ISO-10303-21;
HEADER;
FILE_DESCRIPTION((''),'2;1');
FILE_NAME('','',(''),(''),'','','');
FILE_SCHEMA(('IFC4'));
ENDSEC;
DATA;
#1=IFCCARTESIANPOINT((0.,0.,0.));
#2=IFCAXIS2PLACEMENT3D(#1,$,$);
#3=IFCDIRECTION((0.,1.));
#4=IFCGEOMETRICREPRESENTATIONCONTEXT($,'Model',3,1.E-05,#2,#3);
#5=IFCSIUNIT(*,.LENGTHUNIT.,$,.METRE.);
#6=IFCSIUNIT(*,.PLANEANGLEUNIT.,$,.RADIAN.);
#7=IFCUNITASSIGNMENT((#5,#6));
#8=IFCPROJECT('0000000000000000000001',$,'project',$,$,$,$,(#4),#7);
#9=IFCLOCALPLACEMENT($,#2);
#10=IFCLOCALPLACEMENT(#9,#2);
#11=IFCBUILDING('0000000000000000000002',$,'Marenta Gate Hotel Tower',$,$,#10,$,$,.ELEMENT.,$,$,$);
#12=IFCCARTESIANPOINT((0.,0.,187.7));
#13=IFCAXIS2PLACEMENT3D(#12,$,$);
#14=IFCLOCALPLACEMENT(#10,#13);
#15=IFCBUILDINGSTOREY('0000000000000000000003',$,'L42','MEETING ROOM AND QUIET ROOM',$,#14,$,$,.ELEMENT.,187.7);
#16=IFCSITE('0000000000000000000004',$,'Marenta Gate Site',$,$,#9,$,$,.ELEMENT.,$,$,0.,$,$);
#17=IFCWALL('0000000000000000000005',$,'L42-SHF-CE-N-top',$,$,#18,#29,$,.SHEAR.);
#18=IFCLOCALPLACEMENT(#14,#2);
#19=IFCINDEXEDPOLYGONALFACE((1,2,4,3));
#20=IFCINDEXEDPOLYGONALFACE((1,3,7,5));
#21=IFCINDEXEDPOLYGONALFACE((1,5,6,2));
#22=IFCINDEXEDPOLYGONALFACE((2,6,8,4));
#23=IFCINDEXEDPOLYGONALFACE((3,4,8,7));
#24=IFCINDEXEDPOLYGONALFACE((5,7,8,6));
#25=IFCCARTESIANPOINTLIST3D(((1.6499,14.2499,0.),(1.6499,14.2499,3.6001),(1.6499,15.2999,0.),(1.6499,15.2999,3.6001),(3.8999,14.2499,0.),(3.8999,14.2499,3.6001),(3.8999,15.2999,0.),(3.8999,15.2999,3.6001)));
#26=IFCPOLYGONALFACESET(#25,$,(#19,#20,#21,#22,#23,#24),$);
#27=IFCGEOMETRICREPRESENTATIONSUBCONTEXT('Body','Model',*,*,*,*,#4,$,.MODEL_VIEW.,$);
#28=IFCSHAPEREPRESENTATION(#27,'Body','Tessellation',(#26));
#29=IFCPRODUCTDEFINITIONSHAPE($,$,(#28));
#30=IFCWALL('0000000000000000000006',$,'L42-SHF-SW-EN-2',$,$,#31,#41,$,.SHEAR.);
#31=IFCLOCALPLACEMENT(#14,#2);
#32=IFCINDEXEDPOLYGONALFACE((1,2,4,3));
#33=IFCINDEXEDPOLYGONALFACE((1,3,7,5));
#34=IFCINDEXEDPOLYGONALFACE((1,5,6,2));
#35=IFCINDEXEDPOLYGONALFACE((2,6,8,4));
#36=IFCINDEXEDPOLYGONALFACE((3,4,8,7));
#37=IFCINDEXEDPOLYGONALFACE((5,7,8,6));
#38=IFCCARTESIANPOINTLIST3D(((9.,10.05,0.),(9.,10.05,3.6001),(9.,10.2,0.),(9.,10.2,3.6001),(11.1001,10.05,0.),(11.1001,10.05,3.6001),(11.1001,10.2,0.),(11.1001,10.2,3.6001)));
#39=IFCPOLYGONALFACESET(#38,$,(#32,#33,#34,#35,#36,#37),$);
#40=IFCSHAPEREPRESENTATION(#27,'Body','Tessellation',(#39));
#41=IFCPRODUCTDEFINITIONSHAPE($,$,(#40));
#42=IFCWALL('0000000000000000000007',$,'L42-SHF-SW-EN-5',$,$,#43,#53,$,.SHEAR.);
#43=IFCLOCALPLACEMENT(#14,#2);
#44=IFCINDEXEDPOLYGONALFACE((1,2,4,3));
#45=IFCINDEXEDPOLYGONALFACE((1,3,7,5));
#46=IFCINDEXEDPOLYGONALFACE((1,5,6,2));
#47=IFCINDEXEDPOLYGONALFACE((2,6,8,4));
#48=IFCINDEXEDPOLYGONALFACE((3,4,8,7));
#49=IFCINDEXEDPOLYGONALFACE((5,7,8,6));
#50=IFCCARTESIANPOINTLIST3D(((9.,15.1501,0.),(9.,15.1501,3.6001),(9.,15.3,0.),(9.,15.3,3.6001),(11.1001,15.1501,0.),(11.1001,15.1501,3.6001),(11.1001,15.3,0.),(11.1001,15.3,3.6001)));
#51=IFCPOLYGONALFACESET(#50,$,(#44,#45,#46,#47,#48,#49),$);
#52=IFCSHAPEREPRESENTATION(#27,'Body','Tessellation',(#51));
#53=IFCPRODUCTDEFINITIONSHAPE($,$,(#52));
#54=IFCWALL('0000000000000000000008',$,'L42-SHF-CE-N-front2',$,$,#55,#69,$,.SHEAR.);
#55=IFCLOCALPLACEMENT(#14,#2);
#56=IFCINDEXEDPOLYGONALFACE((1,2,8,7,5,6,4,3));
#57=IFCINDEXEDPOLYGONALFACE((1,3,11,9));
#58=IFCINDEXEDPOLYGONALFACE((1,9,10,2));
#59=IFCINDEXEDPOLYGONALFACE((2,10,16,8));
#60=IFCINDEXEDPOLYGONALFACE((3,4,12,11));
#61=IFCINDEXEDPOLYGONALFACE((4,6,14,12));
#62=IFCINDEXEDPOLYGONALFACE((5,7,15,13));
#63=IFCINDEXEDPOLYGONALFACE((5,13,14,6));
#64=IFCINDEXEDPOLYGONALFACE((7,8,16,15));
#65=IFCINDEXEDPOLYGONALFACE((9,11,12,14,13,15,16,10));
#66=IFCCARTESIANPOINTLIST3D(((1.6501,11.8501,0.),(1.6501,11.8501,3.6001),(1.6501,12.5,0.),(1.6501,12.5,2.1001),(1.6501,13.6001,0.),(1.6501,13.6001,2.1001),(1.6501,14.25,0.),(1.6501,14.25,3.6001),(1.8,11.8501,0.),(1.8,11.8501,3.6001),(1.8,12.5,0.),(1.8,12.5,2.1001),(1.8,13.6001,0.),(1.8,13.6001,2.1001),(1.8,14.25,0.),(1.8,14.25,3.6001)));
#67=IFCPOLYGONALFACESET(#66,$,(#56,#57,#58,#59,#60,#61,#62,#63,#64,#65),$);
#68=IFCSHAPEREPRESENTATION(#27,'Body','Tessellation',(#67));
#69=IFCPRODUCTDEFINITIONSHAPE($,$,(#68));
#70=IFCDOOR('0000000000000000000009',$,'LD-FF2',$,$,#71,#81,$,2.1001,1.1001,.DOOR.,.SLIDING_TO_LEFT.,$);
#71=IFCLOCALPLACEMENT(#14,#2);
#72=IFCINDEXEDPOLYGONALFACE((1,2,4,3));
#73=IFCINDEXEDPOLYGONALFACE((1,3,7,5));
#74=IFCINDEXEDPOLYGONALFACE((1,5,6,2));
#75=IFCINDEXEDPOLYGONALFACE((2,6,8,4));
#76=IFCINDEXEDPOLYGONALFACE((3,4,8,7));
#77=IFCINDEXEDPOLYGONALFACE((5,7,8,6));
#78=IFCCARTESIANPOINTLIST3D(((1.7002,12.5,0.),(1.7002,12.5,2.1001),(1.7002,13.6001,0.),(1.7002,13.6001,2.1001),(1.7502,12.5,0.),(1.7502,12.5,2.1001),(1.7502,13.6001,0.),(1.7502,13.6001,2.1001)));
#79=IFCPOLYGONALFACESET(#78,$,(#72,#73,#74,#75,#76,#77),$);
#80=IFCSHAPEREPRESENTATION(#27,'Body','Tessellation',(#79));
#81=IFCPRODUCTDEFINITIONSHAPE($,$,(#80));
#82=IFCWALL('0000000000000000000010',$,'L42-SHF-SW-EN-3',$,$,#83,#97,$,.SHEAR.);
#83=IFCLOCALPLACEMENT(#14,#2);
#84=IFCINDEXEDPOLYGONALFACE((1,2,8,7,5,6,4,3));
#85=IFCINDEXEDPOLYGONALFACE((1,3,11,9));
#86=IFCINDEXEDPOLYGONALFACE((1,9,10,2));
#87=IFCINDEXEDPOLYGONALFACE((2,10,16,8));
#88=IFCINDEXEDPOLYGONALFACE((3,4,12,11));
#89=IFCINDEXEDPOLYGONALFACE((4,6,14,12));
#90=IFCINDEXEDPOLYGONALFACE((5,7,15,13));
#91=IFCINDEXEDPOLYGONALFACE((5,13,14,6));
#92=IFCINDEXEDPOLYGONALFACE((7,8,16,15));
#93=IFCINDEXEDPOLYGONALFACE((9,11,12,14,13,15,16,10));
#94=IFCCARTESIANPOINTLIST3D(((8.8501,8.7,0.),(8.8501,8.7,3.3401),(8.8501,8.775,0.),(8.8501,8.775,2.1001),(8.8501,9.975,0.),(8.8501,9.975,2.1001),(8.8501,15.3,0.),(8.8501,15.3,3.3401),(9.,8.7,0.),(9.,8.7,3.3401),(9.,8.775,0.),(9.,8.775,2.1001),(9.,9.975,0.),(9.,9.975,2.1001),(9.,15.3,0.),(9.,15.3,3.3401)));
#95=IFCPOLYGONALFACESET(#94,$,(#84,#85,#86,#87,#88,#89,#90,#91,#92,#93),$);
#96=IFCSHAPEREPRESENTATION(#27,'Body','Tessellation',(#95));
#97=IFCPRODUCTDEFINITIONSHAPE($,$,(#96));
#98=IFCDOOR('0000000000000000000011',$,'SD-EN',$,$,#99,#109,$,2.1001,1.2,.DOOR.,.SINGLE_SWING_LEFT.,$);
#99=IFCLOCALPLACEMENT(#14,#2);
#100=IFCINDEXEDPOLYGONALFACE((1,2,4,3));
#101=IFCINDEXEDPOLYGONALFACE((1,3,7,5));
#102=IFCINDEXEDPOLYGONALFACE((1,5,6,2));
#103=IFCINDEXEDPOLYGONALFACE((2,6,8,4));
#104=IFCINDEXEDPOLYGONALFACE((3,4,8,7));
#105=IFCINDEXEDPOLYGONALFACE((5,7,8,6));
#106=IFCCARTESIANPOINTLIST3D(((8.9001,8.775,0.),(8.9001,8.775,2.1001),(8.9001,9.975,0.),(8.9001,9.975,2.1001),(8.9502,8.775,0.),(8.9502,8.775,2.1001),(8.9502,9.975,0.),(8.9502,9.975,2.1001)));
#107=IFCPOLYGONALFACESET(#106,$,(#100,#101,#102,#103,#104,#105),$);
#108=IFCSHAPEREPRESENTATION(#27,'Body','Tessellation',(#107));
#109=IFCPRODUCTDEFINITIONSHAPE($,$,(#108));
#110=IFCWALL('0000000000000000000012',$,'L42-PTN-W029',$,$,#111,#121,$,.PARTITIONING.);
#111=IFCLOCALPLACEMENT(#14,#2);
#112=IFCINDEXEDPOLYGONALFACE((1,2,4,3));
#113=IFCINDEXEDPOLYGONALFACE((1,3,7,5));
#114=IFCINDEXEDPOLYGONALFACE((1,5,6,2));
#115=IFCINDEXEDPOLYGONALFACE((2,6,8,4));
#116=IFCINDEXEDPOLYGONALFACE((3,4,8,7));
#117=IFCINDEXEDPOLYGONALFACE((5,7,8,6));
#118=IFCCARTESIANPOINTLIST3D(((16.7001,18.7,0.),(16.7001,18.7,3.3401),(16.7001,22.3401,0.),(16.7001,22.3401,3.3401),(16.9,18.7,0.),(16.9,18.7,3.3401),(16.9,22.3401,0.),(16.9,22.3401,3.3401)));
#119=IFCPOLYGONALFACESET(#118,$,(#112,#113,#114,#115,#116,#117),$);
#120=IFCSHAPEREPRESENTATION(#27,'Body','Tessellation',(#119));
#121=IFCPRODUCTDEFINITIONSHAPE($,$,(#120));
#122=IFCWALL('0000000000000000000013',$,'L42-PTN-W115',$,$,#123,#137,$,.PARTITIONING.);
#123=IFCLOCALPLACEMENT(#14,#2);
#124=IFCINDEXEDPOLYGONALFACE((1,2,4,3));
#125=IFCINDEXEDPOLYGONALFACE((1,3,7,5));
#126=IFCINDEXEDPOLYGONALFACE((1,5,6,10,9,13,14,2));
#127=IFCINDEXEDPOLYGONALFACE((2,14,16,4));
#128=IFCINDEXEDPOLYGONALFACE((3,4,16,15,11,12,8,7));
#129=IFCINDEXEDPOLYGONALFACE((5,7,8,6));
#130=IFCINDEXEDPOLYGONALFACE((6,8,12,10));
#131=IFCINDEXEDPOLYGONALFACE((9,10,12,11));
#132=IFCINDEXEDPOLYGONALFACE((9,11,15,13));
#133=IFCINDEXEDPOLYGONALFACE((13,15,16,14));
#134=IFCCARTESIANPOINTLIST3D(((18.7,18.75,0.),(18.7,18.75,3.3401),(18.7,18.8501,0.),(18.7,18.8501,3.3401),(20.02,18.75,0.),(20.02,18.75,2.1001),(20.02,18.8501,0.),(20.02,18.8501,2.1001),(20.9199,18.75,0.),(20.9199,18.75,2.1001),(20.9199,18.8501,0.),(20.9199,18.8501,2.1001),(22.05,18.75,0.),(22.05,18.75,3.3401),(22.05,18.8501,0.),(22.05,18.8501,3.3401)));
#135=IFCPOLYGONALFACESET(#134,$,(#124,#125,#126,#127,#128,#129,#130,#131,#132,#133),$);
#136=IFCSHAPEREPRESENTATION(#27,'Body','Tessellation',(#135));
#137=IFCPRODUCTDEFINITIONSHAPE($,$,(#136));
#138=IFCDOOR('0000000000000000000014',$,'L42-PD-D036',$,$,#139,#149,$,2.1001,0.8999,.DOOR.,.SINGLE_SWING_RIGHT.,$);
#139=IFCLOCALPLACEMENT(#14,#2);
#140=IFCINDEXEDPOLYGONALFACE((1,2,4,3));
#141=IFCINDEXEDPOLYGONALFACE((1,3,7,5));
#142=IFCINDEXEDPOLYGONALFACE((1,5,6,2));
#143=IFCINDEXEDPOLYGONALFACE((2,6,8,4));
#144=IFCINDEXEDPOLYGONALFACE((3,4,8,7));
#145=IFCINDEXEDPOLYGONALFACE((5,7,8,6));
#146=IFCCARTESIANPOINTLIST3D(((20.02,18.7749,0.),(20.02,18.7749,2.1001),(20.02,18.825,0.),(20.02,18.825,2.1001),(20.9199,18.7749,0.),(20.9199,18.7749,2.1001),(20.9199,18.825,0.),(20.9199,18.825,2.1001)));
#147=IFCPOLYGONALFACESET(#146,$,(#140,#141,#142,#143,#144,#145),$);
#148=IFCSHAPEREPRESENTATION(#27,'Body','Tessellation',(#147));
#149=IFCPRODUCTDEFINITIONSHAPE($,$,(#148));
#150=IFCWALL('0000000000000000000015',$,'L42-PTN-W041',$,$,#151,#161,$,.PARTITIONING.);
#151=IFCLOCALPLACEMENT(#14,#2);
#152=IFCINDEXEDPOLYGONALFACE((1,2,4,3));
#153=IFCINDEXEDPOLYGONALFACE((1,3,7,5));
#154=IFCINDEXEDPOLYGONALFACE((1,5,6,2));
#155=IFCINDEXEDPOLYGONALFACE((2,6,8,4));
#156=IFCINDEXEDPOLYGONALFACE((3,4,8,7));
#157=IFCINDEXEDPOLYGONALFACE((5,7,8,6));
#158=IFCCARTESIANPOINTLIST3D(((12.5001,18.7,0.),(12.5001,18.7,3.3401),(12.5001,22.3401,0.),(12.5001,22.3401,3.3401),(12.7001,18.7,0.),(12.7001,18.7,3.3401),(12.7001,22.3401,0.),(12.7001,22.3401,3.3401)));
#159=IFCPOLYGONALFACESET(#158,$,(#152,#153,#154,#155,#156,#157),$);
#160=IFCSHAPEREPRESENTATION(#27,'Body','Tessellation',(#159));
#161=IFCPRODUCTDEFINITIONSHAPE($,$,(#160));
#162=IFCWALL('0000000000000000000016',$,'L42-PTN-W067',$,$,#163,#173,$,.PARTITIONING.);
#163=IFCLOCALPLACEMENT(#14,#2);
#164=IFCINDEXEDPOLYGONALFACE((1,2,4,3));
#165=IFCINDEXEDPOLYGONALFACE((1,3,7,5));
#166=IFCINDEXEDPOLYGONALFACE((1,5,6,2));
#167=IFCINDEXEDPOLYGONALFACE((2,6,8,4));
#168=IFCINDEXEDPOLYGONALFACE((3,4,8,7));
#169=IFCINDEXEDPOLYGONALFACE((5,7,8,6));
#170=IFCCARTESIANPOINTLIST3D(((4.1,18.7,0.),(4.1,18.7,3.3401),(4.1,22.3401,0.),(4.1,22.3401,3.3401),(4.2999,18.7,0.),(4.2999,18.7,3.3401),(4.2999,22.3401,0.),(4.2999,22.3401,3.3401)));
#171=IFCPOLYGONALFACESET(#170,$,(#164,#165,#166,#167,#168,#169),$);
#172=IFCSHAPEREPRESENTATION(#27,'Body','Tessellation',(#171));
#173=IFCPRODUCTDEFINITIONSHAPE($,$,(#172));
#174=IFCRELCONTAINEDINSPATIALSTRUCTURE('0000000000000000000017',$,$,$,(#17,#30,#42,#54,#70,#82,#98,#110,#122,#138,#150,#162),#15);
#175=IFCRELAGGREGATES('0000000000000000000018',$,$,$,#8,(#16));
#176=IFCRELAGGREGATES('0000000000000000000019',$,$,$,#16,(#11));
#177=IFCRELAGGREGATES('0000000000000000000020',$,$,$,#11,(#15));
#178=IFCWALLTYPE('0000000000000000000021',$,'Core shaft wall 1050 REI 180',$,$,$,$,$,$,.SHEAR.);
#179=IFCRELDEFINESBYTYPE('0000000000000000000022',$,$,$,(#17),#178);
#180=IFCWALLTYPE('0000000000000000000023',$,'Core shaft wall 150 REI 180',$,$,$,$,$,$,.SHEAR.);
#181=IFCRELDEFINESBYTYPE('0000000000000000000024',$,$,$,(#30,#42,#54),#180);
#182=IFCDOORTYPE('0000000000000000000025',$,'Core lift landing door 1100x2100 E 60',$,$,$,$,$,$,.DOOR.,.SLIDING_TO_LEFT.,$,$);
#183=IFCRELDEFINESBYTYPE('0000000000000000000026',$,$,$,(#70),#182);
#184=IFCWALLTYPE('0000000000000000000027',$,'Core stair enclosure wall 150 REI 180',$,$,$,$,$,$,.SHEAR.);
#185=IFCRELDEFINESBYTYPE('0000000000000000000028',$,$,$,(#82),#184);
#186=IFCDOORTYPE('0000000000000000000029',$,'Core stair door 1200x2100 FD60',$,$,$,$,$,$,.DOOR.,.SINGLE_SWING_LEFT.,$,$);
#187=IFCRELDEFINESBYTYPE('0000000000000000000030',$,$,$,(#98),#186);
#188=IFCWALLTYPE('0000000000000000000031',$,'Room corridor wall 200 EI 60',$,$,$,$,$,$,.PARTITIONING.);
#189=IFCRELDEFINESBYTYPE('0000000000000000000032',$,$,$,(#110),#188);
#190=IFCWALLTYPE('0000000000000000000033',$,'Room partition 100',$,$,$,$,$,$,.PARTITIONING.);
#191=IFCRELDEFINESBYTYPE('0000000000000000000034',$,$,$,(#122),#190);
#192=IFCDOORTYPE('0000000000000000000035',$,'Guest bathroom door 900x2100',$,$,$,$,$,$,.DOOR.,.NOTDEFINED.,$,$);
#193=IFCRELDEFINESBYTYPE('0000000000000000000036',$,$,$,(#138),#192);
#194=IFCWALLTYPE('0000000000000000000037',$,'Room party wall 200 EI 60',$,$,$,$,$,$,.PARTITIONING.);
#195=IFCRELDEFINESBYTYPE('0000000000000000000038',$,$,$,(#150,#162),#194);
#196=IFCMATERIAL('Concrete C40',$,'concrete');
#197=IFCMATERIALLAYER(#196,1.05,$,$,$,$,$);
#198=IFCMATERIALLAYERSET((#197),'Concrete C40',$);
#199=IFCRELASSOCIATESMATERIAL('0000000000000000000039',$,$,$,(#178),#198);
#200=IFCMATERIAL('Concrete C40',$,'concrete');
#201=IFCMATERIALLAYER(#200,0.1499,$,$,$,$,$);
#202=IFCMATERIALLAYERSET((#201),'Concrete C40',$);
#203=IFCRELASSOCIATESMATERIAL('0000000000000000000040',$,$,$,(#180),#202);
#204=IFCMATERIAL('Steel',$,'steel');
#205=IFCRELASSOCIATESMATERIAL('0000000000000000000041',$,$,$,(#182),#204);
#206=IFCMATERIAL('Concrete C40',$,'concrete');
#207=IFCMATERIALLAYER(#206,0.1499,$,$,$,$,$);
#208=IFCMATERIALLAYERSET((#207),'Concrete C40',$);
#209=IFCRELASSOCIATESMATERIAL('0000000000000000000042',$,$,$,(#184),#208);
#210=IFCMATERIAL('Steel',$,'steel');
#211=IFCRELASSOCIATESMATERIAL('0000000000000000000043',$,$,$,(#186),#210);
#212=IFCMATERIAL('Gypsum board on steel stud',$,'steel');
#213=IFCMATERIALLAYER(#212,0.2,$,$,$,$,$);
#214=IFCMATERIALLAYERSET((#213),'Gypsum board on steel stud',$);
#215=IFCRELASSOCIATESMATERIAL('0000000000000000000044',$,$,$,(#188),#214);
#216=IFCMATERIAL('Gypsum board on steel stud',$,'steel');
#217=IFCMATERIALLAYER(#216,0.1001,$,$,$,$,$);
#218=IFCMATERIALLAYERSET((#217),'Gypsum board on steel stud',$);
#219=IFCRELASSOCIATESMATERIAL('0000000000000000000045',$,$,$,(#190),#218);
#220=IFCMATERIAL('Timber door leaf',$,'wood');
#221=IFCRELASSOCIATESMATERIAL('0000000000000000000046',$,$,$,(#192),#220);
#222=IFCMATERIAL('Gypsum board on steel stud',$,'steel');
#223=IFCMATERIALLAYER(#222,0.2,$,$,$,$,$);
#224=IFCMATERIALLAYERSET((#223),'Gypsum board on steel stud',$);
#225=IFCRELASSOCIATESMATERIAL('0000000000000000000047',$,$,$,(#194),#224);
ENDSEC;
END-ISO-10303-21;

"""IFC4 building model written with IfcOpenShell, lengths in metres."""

from ifc_helpers import new_model, si_unit, direction, frame, frame_2d, origin, place, context, subcontext, project, spatial, rectangle, extrude, material, layer, layer_set, type_object, element, fill, save


model = new_model("IFC4")

# Units and contexts
model_context = context("Model", 3, precision=1e-05, world=origin(), true_north=direction((0.0, 1.0)))
body_context = subcontext(model_context, "Body", "Model", "MODEL_VIEW")
ifc_project = project(units=[si_unit("LENGTHUNIT", "METRE"), si_unit("PLANEANGLEUNIT", "RADIAN")], contexts=[model_context])

# Site, building, storey
site_placement = place(None, origin())
site = spatial("IfcSite", under=ifc_project, at=site_placement, Name="Marenta Gate Site", CompositionType="ELEMENT", RefElevation=0.0)
building_placement = place(site_placement, origin())
building = spatial("IfcBuilding", under=site, at=building_placement, Name="Marenta Gate Hotel Tower", CompositionType="ELEMENT")
storey_placement = place(building_placement, frame((0.0, 0.0, 187.7)))
storey = spatial("IfcBuildingStorey", under=building, at=storey_placement, Name="L42", Description="MEETING ROOM AND QUIET ROOM", CompositionType="ELEMENT", Elevation=187.7)

# Walls
ifc_material_1 = material(Name="Concrete C40", Category="concrete")
ifc_layer_1 = layer(ifc_material_1, 1.05)
ifc_layer_set_1 = layer_set([ifc_layer_1], Name="Concrete C40")
wall_type_1 = type_object("IfcWallType", Name="Core shaft wall 1050 REI 180", PredefinedType="SHEAR", material=ifc_layer_set_1)
wall_1_placement = place(storey_placement, frame((1.6499, 14.7749, 0.0), z_axis=(0.0, 0.0, 1.0), x_axis=(1.0, 0.0, 0.0)))
element("IfcWall", 1, at=wall_1_placement, inside=storey, type_object=wall_type_1, Name="L42-SHF-CE-N-top", PredefinedType="SHEAR", context=body_context, shape_type="SweptSolid", body=[
    extrude(rectangle(XDim=2.25, YDim=1.05, at=frame_2d((1.125, 0.0))), origin(), (0.0, 0.0, 1.0), 3.6001),
])
ifc_material_2 = material(Name="Concrete C40", Category="concrete")
ifc_layer_2 = layer(ifc_material_2, 0.1499)
ifc_layer_set_2 = layer_set([ifc_layer_2], Name="Concrete C40")
wall_type_2 = type_object("IfcWallType", Name="Core shaft wall 150 REI 180", PredefinedType="SHEAR", material=ifc_layer_set_2)
for number, where, z_axis, x_axis, name in (
    (2, (9.0, 10.125, 0.0), (0.0, 0.0, 1.0), (1.0, 0.0, 0.0), "L42-SHF-SW-EN-2"),
    (3, (9.0, 15.2251, 0.0), (0.0, 0.0, 1.0), (1.0, 0.0, 0.0), "L42-SHF-SW-EN-5"),
):
    element("IfcWall", number, at=place(storey_placement, frame(where, z_axis=z_axis, x_axis=x_axis)), inside=storey, type_object=wall_type_2, Name=name, PredefinedType="SHEAR", context=body_context, shape_type="SweptSolid", body=[
        extrude(rectangle(XDim=2.1001, YDim=0.1499, at=frame_2d((1.05, 0.0))), origin(), (0.0, 0.0, 1.0), 3.6001),
    ])

# Walls, openings, doors
wall_2_placement = place(storey_placement, frame((1.7251, 11.8501, 0.0), z_axis=(0.0, 0.0, 1.0), x_axis=(0.0, 1.0, 0.0)))
wall_2 = element("IfcWall", 4, at=wall_2_placement, inside=storey, type_object=wall_type_2, Name="L42-SHF-CE-N-front2", PredefinedType="SHEAR", context=body_context, shape_type="SweptSolid", body=[
    extrude(rectangle(XDim=2.3999, YDim=0.1499, at=frame_2d((1.2, 0.0))), origin(), (0.0, 0.0, 1.0), 3.6001),
])
opening_1_placement = place(wall_2_placement, frame((0.6499, 0.0, 0.0)))
opening_1 = element("IfcOpeningElement", 5, at=opening_1_placement, cuts=wall_2, PredefinedType="OPENING", context=body_context, shape_type="SweptSolid", body=[
    extrude(rectangle(XDim=1.1001, YDim=2.1001, at=frame_2d((0.55, 1.05))), frame((0.0, 0.075, 0.0), z_axis=(0.0, -1.0, 0.0), x_axis=(1.0, 0.0, 0.0)), (0.0, 0.0, 1.0), 0.1499),
])
ifc_material_3 = material(Name="Steel", Category="steel")
door_type_1 = type_object("IfcDoorType", Name="Core lift landing door 1100x2100 E 60", OperationType="SLIDING_TO_LEFT", PredefinedType="DOOR", material=ifc_material_3)
door_1_placement = place(opening_1_placement, origin())
door_1 = element("IfcDoor", 6, at=door_1_placement, inside=storey, type_object=door_type_1, Name="LD-FF2", OperationType="SLIDING_TO_LEFT", OverallHeight=2.1001, OverallWidth=1.1001, PredefinedType="DOOR", context=body_context, shape_type="SweptSolid", body=[
    extrude(rectangle(XDim=1.1001, YDim=2.1001, at=frame_2d((0.55, 1.05))), frame((0.0, 0.0249, 0.0), z_axis=(0.0, -1.0, 0.0), x_axis=(1.0, 0.0, 0.0)), (0.0, 0.0, 1.0), 0.05),
])
fill(opening_1, door_1)
ifc_material_4 = material(Name="Concrete C40", Category="concrete")
ifc_layer_3 = layer(ifc_material_4, 0.1499)
ifc_layer_set_3 = layer_set([ifc_layer_3], Name="Concrete C40")
wall_type_3 = type_object("IfcWallType", Name="Core stair enclosure wall 150 REI 180", PredefinedType="SHEAR", material=ifc_layer_set_3)
wall_3_placement = place(storey_placement, frame((8.925, 8.7, 0.0), z_axis=(0.0, 0.0, 1.0), x_axis=(0.0, 1.0, 0.0)))
wall_3 = element("IfcWall", 7, at=wall_3_placement, inside=storey, type_object=wall_type_3, Name="L42-SHF-SW-EN-3", PredefinedType="SHEAR", context=body_context, shape_type="SweptSolid", body=[
    extrude(rectangle(XDim=6.6001, YDim=0.1499, at=frame_2d((3.3, 0.0))), origin(), (0.0, 0.0, 1.0), 3.3401),
])
opening_2_placement = place(wall_3_placement, frame((0.075, 0.0, 0.0)))
opening_2 = element("IfcOpeningElement", 8, at=opening_2_placement, cuts=wall_3, PredefinedType="OPENING", context=body_context, shape_type="SweptSolid", body=[
    extrude(rectangle(XDim=1.2, YDim=2.1001, at=frame_2d((0.6001, 1.05))), frame((0.0, 0.075, 0.0), z_axis=(0.0, -1.0, 0.0), x_axis=(1.0, 0.0, 0.0)), (0.0, 0.0, 1.0), 0.1499),
])
ifc_material_5 = material(Name="Steel", Category="steel")
door_type_2 = type_object("IfcDoorType", Name="Core stair door 1200x2100 FD60", OperationType="SINGLE_SWING_LEFT", PredefinedType="DOOR", material=ifc_material_5)
door_2_placement = place(opening_2_placement, origin())
door_2 = element("IfcDoor", 9, at=door_2_placement, inside=storey, type_object=door_type_2, Name="SD-EN", OperationType="SINGLE_SWING_LEFT", OverallHeight=2.1001, OverallWidth=1.2, PredefinedType="DOOR", context=body_context, shape_type="SweptSolid", body=[
    extrude(rectangle(XDim=1.2, YDim=2.1001, at=frame_2d((0.6001, 1.05))), frame((0.0, 0.0249, 0.0), z_axis=(0.0, -1.0, 0.0), x_axis=(1.0, 0.0, 0.0)), (0.0, 0.0, 1.0), 0.05),
])
fill(opening_2, door_2)

# Wall
ifc_material_6 = material(Name="Gypsum board on steel stud", Category="steel")
ifc_layer_4 = layer(ifc_material_6, 0.2)
ifc_layer_set_4 = layer_set([ifc_layer_4], Name="Gypsum board on steel stud")
wall_type_4 = type_object("IfcWallType", Name="Room corridor wall 200 EI 60", PredefinedType="PARTITIONING", material=ifc_layer_set_4)
wall_4_placement = place(storey_placement, frame((16.8, 18.7, 0.0), z_axis=(0.0, 0.0, 1.0), x_axis=(0.0, 1.0, 0.0)))
element("IfcWall", 10, at=wall_4_placement, inside=storey, type_object=wall_type_4, Name="L42-PTN-W029", PredefinedType="PARTITIONING", context=body_context, shape_type="SweptSolid", body=[
    extrude(rectangle(XDim=3.6401, YDim=0.2, at=frame_2d((1.8201, 0.0))), origin(), (0.0, 0.0, 1.0), 3.3401),
])

# Wall, opening, door
ifc_material_7 = material(Name="Gypsum board on steel stud", Category="steel")
ifc_layer_5 = layer(ifc_material_7, 0.1001)
ifc_layer_set_5 = layer_set([ifc_layer_5], Name="Gypsum board on steel stud")
wall_type_5 = type_object("IfcWallType", Name="Room partition 100", PredefinedType="PARTITIONING", material=ifc_layer_set_5)
wall_5_placement = place(storey_placement, frame((18.7, 18.8, 0.0), z_axis=(0.0, 0.0, 1.0), x_axis=(1.0, 0.0, 0.0)))
wall_5 = element("IfcWall", 11, at=wall_5_placement, inside=storey, type_object=wall_type_5, Name="L42-PTN-W115", PredefinedType="PARTITIONING", context=body_context, shape_type="SweptSolid", body=[
    extrude(rectangle(XDim=3.3501, YDim=0.1001, at=frame_2d((1.675, 0.0))), origin(), (0.0, 0.0, 1.0), 3.3401),
])
opening_3_placement = place(wall_5_placement, frame((1.3201, 0.0, 0.0)))
opening_3 = element("IfcOpeningElement", 12, at=opening_3_placement, cuts=wall_5, PredefinedType="OPENING", context=body_context, shape_type="SweptSolid", body=[
    extrude(rectangle(XDim=0.8999, YDim=2.1001, at=frame_2d((0.45, 1.05))), frame((0.0, 0.05, 0.0), z_axis=(0.0, -1.0, 0.0), x_axis=(1.0, 0.0, 0.0)), (0.0, 0.0, 1.0), 0.1001),
])
ifc_material_8 = material(Name="Timber door leaf", Category="wood")
door_type_3 = type_object("IfcDoorType", Name="Guest bathroom door 900x2100", OperationType="NOTDEFINED", PredefinedType="DOOR", material=ifc_material_8)
door_3_placement = place(opening_3_placement, origin())
door_3 = element("IfcDoor", 13, at=door_3_placement, inside=storey, type_object=door_type_3, Name="L42-PD-D036", OperationType="SINGLE_SWING_RIGHT", OverallHeight=2.1001, OverallWidth=0.8999, PredefinedType="DOOR", context=body_context, shape_type="SweptSolid", body=[
    extrude(rectangle(XDim=0.8999, YDim=2.1001, at=frame_2d((0.45, 1.05))), frame((0.0, 0.0249, 0.0), z_axis=(0.0, -1.0, 0.0), x_axis=(1.0, 0.0, 0.0)), (0.0, 0.0, 1.0), 0.05),
])
fill(opening_3, door_3)

# Walls
ifc_material_9 = material(Name="Gypsum board on steel stud", Category="steel")
ifc_layer_6 = layer(ifc_material_9, 0.2)
ifc_layer_set_6 = layer_set([ifc_layer_6], Name="Gypsum board on steel stud")
wall_type_6 = type_object("IfcWallType", Name="Room party wall 200 EI 60", PredefinedType="PARTITIONING", material=ifc_layer_set_6)
for number, where, z_axis, x_axis, name in (
    (14, (12.6001, 18.7, 0.0), (0.0, 0.0, 1.0), (0.0, 1.0, 0.0), "L42-PTN-W041"),
    (15, (4.2, 18.7, 0.0), (0.0, 0.0, 1.0), (0.0, 1.0, 0.0), "L42-PTN-W067"),
):
    element("IfcWall", number, at=place(storey_placement, frame(where, z_axis=z_axis, x_axis=x_axis)), inside=storey, type_object=wall_type_6, Name=name, PredefinedType="PARTITIONING", context=body_context, shape_type="SweptSolid", body=[
        extrude(rectangle(XDim=3.6401, YDim=0.2, at=frame_2d((1.8201, 0.0))), origin(), (0.0, 0.0, 1.0), 3.3401),
    ])

save(model, "model.ifc")
